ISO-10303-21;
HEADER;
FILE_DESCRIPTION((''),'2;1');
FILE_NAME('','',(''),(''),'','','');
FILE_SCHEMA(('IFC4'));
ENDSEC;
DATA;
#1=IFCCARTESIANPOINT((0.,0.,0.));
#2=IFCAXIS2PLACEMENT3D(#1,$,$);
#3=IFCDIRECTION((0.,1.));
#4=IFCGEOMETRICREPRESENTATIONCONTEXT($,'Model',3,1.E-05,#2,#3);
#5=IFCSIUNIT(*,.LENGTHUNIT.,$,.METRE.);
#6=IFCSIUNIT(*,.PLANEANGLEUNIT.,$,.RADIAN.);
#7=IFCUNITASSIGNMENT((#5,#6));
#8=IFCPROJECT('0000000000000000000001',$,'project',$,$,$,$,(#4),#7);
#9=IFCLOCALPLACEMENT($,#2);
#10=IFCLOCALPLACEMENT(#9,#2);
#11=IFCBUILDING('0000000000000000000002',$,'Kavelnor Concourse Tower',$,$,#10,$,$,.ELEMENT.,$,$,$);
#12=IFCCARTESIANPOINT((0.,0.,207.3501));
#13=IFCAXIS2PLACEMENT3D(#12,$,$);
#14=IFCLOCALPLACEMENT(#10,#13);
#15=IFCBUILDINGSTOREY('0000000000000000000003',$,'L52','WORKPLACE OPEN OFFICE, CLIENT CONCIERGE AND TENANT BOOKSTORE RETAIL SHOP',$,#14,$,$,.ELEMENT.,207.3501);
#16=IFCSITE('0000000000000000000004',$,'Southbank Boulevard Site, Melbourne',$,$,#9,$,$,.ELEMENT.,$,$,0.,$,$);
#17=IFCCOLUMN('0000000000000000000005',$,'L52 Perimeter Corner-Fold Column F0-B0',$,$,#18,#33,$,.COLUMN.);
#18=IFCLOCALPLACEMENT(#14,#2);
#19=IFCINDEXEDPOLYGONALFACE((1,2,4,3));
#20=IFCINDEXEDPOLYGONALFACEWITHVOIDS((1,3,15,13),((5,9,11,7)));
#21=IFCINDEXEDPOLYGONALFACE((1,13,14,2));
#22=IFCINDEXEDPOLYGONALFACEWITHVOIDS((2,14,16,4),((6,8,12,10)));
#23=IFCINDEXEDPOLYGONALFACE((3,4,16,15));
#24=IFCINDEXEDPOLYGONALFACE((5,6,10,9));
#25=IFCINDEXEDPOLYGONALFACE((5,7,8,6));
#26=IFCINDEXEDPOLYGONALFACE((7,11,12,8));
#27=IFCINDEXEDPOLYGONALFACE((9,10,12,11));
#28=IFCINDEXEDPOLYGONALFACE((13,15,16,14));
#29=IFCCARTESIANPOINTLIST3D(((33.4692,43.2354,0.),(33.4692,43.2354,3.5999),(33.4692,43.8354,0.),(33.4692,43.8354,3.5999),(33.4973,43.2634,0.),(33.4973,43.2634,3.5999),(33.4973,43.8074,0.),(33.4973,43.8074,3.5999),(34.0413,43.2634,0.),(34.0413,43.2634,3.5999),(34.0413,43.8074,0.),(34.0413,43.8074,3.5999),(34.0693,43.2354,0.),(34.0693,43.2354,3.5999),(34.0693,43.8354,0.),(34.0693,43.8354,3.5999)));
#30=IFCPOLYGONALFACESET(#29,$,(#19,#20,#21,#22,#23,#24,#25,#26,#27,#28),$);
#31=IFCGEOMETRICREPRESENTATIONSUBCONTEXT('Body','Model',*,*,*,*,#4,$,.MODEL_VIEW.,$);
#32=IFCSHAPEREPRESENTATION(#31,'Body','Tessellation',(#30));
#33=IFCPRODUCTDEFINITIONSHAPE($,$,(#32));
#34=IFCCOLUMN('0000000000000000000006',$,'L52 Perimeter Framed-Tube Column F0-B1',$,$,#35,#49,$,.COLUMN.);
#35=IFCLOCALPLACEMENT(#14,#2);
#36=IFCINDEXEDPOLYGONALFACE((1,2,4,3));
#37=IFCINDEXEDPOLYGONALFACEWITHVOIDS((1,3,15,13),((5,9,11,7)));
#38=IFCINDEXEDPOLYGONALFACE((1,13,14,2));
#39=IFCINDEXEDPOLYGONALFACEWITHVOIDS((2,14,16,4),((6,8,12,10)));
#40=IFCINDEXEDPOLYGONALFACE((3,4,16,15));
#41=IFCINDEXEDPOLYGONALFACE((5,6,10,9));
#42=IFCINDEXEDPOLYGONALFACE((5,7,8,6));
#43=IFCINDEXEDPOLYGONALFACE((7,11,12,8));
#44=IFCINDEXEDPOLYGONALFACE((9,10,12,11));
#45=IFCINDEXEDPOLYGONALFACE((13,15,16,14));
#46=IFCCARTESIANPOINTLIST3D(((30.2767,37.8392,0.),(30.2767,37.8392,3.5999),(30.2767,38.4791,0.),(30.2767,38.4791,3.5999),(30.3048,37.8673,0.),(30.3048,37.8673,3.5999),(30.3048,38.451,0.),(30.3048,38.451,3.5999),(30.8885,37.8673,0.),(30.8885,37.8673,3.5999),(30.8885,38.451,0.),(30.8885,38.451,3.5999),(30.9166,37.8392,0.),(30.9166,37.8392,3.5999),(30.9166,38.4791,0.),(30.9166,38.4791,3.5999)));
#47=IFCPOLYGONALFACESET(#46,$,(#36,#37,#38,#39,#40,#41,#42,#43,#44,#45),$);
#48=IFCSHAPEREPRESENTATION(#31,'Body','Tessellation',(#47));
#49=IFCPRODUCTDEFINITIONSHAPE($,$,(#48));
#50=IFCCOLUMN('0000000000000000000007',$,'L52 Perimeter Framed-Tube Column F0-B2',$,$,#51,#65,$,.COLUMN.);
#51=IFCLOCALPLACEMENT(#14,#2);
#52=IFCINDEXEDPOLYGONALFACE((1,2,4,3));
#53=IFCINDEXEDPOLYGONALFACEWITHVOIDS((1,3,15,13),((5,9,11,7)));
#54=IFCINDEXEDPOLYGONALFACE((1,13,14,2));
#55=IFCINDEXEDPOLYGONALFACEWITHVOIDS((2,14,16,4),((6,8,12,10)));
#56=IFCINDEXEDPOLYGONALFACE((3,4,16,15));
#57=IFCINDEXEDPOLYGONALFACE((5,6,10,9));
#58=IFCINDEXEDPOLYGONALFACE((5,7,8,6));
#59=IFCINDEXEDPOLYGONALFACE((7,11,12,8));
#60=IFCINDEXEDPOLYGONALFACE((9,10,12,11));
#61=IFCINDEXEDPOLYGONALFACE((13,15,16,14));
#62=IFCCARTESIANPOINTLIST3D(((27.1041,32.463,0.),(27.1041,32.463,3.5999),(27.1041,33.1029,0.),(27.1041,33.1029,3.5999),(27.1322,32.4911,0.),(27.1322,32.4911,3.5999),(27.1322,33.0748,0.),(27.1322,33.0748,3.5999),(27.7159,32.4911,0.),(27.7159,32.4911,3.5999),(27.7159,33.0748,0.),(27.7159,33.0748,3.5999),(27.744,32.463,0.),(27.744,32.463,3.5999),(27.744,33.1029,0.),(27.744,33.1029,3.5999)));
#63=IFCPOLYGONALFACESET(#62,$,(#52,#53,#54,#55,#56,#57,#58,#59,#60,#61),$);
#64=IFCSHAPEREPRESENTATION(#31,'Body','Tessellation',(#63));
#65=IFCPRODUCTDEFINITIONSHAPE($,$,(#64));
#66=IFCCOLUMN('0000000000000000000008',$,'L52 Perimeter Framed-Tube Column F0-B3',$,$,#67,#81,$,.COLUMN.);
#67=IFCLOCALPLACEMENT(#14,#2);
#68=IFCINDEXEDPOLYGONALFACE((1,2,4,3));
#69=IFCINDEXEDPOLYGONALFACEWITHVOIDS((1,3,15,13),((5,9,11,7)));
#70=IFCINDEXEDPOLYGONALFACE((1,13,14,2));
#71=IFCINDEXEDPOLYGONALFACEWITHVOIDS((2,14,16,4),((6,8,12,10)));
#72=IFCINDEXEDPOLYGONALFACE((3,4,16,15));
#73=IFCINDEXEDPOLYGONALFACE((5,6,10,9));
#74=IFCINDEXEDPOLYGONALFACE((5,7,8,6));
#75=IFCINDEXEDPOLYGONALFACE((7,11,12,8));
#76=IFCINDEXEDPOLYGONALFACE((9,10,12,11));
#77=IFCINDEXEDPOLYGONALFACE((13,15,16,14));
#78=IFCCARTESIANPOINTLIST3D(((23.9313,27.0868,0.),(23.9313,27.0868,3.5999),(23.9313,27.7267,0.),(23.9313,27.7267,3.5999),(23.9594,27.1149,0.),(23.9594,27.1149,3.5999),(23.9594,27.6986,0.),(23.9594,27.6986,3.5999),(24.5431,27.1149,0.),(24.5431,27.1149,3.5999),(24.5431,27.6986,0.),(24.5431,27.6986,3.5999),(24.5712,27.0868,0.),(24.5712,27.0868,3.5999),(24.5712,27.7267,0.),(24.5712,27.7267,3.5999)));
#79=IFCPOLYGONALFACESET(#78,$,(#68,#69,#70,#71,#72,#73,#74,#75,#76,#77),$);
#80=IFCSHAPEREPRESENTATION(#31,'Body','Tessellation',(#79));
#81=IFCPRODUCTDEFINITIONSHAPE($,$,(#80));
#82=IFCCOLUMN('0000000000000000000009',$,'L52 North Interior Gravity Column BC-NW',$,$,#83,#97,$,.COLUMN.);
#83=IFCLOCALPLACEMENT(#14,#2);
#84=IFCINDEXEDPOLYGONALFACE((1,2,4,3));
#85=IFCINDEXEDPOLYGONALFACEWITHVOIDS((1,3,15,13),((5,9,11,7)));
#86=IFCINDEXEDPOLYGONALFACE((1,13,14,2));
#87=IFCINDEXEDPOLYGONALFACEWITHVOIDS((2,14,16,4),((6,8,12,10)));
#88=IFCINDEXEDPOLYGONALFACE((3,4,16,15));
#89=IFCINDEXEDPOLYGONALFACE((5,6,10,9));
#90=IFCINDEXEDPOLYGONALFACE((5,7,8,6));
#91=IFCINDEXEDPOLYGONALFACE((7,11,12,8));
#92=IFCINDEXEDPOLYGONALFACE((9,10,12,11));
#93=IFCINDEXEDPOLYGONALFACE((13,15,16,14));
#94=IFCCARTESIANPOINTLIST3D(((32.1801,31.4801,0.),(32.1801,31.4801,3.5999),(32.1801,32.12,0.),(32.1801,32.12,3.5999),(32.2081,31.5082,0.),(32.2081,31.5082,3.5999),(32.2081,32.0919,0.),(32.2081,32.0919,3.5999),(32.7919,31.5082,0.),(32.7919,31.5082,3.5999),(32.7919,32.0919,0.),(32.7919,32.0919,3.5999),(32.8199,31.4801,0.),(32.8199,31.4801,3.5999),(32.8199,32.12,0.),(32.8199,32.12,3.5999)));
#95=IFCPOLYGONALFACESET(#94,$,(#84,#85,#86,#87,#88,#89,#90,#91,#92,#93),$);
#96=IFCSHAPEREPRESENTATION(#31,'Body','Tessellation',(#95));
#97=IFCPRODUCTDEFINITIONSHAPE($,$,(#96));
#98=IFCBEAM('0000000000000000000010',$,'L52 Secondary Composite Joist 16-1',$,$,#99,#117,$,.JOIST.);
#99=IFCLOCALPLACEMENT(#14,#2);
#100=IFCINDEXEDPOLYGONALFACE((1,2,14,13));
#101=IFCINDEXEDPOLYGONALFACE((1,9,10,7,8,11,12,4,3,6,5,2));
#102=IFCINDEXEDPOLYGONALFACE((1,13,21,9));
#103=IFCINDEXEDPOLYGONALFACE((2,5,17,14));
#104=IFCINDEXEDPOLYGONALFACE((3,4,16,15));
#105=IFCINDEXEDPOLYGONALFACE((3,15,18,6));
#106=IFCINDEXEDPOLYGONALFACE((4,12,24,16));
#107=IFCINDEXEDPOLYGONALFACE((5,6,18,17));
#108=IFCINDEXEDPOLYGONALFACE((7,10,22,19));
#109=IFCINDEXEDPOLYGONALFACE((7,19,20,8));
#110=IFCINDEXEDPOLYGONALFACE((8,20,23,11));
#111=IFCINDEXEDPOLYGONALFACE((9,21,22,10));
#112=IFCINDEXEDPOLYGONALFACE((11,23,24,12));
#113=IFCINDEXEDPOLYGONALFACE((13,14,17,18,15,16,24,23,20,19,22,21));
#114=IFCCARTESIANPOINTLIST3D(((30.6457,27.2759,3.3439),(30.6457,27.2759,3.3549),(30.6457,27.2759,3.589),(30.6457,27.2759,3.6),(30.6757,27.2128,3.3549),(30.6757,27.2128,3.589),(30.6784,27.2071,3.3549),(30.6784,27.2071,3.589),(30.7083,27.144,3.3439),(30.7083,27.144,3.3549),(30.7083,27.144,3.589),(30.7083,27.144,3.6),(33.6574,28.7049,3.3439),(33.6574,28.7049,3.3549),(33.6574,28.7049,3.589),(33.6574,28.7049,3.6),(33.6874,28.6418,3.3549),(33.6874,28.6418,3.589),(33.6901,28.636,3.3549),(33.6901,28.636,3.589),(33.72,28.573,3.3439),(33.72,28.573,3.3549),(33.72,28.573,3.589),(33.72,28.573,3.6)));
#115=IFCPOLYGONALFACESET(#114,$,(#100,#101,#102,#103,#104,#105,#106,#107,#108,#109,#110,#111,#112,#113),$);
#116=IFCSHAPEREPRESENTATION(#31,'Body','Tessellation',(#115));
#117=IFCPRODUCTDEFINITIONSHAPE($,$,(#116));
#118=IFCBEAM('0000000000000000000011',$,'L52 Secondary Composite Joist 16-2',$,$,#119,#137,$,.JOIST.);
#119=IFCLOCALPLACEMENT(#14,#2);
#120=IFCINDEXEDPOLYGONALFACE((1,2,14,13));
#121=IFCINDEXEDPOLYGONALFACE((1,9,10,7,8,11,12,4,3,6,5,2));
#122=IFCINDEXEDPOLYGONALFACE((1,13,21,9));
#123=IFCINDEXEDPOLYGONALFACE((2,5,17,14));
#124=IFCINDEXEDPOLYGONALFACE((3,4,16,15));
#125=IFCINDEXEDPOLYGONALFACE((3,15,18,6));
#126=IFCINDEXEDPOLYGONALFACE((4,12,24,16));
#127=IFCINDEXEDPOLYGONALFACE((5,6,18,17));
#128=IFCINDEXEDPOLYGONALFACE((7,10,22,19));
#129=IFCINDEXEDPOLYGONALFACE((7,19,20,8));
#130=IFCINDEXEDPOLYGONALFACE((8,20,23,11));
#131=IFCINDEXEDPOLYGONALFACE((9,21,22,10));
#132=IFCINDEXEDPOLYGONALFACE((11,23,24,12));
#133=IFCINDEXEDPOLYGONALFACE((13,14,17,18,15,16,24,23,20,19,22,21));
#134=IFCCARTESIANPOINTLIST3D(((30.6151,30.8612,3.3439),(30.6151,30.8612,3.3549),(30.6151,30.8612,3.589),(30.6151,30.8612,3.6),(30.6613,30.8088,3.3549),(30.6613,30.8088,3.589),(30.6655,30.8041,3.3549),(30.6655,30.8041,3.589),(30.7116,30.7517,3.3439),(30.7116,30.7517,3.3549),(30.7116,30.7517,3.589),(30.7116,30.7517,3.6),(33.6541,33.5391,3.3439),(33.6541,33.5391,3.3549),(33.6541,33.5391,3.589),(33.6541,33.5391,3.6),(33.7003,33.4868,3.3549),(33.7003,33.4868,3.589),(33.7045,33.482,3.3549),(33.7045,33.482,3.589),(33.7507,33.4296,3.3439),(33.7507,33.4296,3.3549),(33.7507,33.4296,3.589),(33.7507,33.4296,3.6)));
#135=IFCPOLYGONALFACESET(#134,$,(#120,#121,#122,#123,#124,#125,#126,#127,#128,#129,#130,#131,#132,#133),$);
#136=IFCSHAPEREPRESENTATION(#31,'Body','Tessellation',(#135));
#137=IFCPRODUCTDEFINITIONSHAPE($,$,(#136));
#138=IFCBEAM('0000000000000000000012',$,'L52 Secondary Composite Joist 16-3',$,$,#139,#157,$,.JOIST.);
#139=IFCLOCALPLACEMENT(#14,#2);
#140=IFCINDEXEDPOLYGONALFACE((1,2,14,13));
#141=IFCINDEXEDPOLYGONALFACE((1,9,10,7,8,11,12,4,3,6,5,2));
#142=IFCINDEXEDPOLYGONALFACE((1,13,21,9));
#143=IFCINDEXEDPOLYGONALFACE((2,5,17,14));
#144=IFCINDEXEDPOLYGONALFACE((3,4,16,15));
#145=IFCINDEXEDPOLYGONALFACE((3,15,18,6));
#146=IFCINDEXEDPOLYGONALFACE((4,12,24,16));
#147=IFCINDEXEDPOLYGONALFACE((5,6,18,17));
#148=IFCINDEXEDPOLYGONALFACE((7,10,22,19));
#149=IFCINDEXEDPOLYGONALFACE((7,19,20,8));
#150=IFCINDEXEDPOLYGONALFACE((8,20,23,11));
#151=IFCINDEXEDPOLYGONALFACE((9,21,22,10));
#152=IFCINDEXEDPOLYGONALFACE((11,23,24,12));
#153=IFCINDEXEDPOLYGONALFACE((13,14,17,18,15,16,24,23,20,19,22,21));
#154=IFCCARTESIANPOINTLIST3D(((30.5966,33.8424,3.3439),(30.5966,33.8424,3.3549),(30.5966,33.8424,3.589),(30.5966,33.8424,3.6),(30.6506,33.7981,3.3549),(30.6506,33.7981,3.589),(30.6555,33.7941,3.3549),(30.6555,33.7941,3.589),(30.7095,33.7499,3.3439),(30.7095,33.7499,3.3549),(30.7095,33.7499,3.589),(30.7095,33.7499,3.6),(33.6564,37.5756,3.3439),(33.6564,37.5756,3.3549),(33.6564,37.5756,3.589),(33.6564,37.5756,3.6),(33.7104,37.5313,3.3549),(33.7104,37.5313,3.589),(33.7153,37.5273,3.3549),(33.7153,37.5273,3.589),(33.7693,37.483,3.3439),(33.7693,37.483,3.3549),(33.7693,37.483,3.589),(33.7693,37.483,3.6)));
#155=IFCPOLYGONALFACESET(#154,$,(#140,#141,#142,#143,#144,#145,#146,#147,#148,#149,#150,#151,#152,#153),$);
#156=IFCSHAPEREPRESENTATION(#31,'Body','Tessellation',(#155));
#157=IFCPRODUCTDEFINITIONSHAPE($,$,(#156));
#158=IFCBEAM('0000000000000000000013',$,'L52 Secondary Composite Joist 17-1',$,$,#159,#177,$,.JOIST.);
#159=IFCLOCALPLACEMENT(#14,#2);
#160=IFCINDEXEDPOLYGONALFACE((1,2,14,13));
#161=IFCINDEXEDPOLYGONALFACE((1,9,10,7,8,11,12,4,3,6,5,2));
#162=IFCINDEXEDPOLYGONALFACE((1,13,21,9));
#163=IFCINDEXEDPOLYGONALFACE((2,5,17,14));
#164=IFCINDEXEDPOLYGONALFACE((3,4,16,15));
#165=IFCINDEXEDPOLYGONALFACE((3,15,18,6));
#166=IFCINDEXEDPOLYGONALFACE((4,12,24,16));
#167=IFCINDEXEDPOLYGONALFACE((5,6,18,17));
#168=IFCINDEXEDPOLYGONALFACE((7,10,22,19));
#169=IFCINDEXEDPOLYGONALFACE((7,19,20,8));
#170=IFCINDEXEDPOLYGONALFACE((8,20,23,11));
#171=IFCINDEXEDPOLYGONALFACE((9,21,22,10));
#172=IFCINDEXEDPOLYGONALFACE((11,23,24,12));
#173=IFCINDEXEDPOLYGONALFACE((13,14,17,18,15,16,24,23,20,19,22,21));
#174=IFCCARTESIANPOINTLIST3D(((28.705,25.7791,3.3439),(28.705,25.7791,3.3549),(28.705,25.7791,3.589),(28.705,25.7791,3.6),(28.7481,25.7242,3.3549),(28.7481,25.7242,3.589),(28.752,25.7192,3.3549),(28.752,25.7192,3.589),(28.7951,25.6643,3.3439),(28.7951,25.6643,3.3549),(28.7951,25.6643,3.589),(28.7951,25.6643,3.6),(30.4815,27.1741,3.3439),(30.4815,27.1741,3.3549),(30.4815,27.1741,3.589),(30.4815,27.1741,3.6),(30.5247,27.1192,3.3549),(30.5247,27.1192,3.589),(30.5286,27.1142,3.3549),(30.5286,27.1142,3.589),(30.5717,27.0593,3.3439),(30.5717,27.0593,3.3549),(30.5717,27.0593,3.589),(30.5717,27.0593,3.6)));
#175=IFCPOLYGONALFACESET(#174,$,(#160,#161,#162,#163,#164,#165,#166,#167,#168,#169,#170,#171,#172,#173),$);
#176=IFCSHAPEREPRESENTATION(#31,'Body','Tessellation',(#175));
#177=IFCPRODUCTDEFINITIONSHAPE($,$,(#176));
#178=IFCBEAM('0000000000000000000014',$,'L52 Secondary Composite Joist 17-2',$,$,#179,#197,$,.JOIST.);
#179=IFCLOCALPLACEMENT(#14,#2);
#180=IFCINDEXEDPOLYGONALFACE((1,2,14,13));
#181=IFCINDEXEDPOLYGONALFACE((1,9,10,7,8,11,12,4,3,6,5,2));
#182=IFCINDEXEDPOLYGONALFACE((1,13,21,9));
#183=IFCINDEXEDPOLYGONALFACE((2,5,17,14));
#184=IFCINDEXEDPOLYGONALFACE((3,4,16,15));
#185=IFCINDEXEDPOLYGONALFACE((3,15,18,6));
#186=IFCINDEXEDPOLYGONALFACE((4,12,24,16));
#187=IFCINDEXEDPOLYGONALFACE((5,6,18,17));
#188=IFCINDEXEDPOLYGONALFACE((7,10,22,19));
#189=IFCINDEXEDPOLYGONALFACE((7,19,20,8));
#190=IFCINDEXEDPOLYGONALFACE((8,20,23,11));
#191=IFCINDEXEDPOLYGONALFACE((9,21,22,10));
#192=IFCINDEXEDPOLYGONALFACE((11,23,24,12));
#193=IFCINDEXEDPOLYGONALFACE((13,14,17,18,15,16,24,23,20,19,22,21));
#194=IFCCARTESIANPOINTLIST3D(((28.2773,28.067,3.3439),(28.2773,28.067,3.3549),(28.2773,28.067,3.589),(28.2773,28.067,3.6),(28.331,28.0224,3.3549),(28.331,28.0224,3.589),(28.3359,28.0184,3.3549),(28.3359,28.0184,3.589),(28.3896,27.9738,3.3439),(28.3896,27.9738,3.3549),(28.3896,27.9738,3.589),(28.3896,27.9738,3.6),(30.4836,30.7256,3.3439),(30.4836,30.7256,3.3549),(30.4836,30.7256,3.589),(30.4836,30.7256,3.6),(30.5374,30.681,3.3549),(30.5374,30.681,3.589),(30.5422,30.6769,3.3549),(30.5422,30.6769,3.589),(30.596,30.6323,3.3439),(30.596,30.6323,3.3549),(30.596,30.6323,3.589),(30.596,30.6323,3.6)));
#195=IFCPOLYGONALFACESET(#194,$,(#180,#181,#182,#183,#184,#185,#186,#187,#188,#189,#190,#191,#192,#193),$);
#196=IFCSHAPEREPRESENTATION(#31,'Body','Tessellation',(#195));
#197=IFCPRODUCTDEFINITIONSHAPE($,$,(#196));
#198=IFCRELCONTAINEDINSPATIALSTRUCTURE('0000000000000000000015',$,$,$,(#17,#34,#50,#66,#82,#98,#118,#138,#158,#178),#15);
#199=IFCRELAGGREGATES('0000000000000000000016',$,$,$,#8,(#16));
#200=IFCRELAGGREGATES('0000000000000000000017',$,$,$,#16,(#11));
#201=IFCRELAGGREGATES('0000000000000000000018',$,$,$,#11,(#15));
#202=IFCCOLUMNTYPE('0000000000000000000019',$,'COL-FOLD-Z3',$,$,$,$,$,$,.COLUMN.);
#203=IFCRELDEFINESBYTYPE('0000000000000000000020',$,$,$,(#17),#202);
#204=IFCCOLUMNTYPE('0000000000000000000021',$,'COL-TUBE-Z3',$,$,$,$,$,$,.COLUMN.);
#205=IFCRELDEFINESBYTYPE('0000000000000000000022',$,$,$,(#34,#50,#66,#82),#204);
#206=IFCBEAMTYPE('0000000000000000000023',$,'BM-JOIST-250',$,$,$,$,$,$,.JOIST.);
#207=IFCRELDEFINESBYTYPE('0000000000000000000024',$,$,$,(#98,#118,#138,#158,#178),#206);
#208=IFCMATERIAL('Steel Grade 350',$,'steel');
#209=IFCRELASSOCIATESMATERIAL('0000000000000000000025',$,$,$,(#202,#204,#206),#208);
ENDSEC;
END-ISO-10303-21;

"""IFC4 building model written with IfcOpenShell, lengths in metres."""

from ifc_helpers import new_model, si_unit, direction, frame, origin, origin_2d, place, context, subcontext, project, spatial, hollow_rectangle, i_section, extrude, material, material_profile, profile_set, type_object, element, save


model = new_model("IFC4")

# Units and contexts
model_context = context("Model", 3, precision=1e-05, world=origin(), true_north=direction((0.0, 1.0)))
body_context = subcontext(model_context, "Body", "Model", "MODEL_VIEW")
ifc_project = project(units=[si_unit("LENGTHUNIT", "METRE"), si_unit("PLANEANGLEUNIT", "RADIAN")], contexts=[model_context])

# Site, building, storey
site_placement = place(None, origin())
site = spatial("IfcSite", under=ifc_project, at=site_placement, Name="Southbank Boulevard Site, Melbourne", CompositionType="ELEMENT", RefElevation=0.0)
building_placement = place(site_placement, origin())
building = spatial("IfcBuilding", under=site, at=building_placement, Name="Kavelnor Concourse Tower", CompositionType="ELEMENT")
storey_placement = place(building_placement, frame((0.0, 0.0, 207.3501)))
storey = spatial("IfcBuildingStorey", under=building, at=storey_placement, Name="L52", Description="WORKPLACE OPEN OFFICE, CLIENT CONCIERGE AND TENANT BOOKSTORE RETAIL SHOP", CompositionType="ELEMENT", Elevation=207.3501)

# Columns
ifc_material_1 = material(Name="Steel Grade 350", Category="steel")
ifc_material_profile_1 = material_profile(ifc_material_1, hollow_rectangle(XDim=0.6001, YDim=0.6001, WallThickness=0.0281, at=origin_2d()), Name="SHS 600x600x28")
ifc_profile_set_1 = profile_set([ifc_material_profile_1], Name="Steel Grade 350")
column_type_1 = type_object("IfcColumnType", Name="COL-FOLD-Z3", PredefinedType="COLUMN", material=ifc_profile_set_1)
column_placement = place(storey_placement, frame((33.7693, 43.5354, 0.0), z_axis=(0.0, 0.0, 1.0), x_axis=(1.0, 0.0, 0.0)))
element("IfcColumn", 1, at=column_placement, inside=storey, type_object=column_type_1, Name="L52 Perimeter Corner-Fold Column F0-B0", PredefinedType="COLUMN", context=body_context, shape_type="SweptSolid", body=[
    extrude(hollow_rectangle(XDim=0.6001, YDim=0.6001, WallThickness=0.0281, at=origin_2d()), origin(), (0.0, 0.0, 1.0), 3.5999),
])
ifc_material_profile_2 = material_profile(ifc_material_1, hollow_rectangle(XDim=0.6399, YDim=0.6399, WallThickness=0.0281, at=origin_2d()), Name="SHS 640x640x28")
ifc_profile_set_2 = profile_set([ifc_material_profile_2], Name="Steel Grade 350")
column_type_2 = type_object("IfcColumnType", Name="COL-TUBE-Z3", PredefinedType="COLUMN", material=ifc_profile_set_2)
for number, where, z_axis, x_axis, name in (
    (2, (30.5967, 38.1592, 0.0), (0.0, 0.0, 1.0), (1.0, 0.0, 0.0), "L52 Perimeter Framed-Tube Column F0-B1"),
    (3, (27.4241, 32.783, 0.0), (0.0, 0.0, 1.0), (1.0, 0.0, 0.0), "L52 Perimeter Framed-Tube Column F0-B2"),
    (4, (24.2512, 27.4067, 0.0), (0.0, 0.0, 1.0), (1.0, 0.0, 0.0), "L52 Perimeter Framed-Tube Column F0-B3"),
    (5, (32.5, 31.8, 0.0), (0.0, 0.0, 1.0), (1.0, 0.0, 0.0), "L52 North Interior Gravity Column BC-NW"),
):
    element("IfcColumn", number, at=place(storey_placement, frame(where, z_axis=z_axis, x_axis=x_axis)), inside=storey, type_object=column_type_2, Name=name, PredefinedType="COLUMN", context=body_context, shape_type="SweptSolid", body=[
        extrude(hollow_rectangle(XDim=0.6399, YDim=0.6399, WallThickness=0.0281, at=origin_2d()), origin(), (0.0, 0.0, 1.0), 3.5999),
    ])

# Beams
ifc_material_profile_3 = material_profile(ifc_material_1, i_section(OverallWidth=0.146, OverallDepth=0.2561, WebThickness=0.0063, FlangeThickness=0.011, at=origin_2d()), Name="250UB37")
ifc_profile_set_3 = profile_set([ifc_material_profile_3], Name="Steel Grade 350")
beam_type_1 = type_object("IfcBeamType", Name="BM-JOIST-250", PredefinedType="JOIST", material=ifc_profile_set_3)
beam_1_placement = place(storey_placement, frame((33.6887, 28.6389, 3.4719), z_axis=(-0.903465, -0.428662, 0.0), x_axis=(0.428662, -0.903465, 0.0)))
element("IfcBeam", 6, at=beam_1_placement, inside=storey, type_object=beam_type_1, Name="L52 Secondary Composite Joist 16-1", PredefinedType="JOIST", context=body_context, shape_type="SweptSolid", body=[
    extrude(i_section(OverallWidth=0.146, OverallDepth=0.2561, WebThickness=0.0063, FlangeThickness=0.011, at=origin_2d()), origin(), (0.0, 0.0, 1.0), 3.3335),
])
beam_2_placement = place(storey_placement, frame((33.7024, 33.4844, 3.4719), z_axis=(-0.750272, -0.661129, 0.0), x_axis=(0.661129, -0.750272, 0.0)))
element("IfcBeam", 7, at=beam_2_placement, inside=storey, type_object=beam_type_1, Name="L52 Secondary Composite Joist 16-2", PredefinedType="JOIST", context=body_context, shape_type="SweptSolid", body=[
    extrude(i_section(OverallWidth=0.146, OverallDepth=0.2561, WebThickness=0.0063, FlangeThickness=0.011, at=origin_2d()), origin(), (0.0, 0.0, 1.0), 4.0505),
])
beam_3_placement = place(storey_placement, frame((33.7129, 37.5293, 3.4719), z_axis=(-0.63391, -0.773407, 0.0), x_axis=(0.773407, -0.63391, 0.0)))
element("IfcBeam", 8, at=beam_3_placement, inside=storey, type_object=beam_type_1, Name="L52 Secondary Composite Joist 16-3", PredefinedType="JOIST", context=body_context, shape_type="SweptSolid", body=[
    extrude(i_section(OverallWidth=0.146, OverallDepth=0.2561, WebThickness=0.0063, FlangeThickness=0.011, at=origin_2d()), origin(), (0.0, 0.0, 1.0), 4.8269),
])
beam_4_placement = place(storey_placement, frame((30.5266, 27.1167, 3.4719), z_axis=(-0.78651, -0.617578, 0.0), x_axis=(0.617578, -0.78651, 0.0)))
element("IfcBeam", 9, at=beam_4_placement, inside=storey, type_object=beam_type_1, Name="L52 Secondary Composite Joist 17-1", PredefinedType="JOIST", context=body_context, shape_type="SweptSolid", body=[
    extrude(i_section(OverallWidth=0.146, OverallDepth=0.2561, WebThickness=0.0063, FlangeThickness=0.011, at=origin_2d()), origin(), (0.0, 0.0, 1.0), 2.2588),
])
beam_5_placement = place(storey_placement, frame((30.5398, 30.679, 3.4719), z_axis=(-0.638633, -0.769511, 0.0), x_axis=(0.769511, -0.638633, 0.0)))
element("IfcBeam", 10, at=beam_5_placement, inside=storey, type_object=beam_type_1, Name="L52 Secondary Composite Joist 17-2", PredefinedType="JOIST", context=body_context, shape_type="SweptSolid", body=[
    extrude(i_section(OverallWidth=0.146, OverallDepth=0.2561, WebThickness=0.0063, FlangeThickness=0.011, at=origin_2d()), origin(), (0.0, 0.0, 1.0), 3.4548),
])

save(model, "model.ifc")
